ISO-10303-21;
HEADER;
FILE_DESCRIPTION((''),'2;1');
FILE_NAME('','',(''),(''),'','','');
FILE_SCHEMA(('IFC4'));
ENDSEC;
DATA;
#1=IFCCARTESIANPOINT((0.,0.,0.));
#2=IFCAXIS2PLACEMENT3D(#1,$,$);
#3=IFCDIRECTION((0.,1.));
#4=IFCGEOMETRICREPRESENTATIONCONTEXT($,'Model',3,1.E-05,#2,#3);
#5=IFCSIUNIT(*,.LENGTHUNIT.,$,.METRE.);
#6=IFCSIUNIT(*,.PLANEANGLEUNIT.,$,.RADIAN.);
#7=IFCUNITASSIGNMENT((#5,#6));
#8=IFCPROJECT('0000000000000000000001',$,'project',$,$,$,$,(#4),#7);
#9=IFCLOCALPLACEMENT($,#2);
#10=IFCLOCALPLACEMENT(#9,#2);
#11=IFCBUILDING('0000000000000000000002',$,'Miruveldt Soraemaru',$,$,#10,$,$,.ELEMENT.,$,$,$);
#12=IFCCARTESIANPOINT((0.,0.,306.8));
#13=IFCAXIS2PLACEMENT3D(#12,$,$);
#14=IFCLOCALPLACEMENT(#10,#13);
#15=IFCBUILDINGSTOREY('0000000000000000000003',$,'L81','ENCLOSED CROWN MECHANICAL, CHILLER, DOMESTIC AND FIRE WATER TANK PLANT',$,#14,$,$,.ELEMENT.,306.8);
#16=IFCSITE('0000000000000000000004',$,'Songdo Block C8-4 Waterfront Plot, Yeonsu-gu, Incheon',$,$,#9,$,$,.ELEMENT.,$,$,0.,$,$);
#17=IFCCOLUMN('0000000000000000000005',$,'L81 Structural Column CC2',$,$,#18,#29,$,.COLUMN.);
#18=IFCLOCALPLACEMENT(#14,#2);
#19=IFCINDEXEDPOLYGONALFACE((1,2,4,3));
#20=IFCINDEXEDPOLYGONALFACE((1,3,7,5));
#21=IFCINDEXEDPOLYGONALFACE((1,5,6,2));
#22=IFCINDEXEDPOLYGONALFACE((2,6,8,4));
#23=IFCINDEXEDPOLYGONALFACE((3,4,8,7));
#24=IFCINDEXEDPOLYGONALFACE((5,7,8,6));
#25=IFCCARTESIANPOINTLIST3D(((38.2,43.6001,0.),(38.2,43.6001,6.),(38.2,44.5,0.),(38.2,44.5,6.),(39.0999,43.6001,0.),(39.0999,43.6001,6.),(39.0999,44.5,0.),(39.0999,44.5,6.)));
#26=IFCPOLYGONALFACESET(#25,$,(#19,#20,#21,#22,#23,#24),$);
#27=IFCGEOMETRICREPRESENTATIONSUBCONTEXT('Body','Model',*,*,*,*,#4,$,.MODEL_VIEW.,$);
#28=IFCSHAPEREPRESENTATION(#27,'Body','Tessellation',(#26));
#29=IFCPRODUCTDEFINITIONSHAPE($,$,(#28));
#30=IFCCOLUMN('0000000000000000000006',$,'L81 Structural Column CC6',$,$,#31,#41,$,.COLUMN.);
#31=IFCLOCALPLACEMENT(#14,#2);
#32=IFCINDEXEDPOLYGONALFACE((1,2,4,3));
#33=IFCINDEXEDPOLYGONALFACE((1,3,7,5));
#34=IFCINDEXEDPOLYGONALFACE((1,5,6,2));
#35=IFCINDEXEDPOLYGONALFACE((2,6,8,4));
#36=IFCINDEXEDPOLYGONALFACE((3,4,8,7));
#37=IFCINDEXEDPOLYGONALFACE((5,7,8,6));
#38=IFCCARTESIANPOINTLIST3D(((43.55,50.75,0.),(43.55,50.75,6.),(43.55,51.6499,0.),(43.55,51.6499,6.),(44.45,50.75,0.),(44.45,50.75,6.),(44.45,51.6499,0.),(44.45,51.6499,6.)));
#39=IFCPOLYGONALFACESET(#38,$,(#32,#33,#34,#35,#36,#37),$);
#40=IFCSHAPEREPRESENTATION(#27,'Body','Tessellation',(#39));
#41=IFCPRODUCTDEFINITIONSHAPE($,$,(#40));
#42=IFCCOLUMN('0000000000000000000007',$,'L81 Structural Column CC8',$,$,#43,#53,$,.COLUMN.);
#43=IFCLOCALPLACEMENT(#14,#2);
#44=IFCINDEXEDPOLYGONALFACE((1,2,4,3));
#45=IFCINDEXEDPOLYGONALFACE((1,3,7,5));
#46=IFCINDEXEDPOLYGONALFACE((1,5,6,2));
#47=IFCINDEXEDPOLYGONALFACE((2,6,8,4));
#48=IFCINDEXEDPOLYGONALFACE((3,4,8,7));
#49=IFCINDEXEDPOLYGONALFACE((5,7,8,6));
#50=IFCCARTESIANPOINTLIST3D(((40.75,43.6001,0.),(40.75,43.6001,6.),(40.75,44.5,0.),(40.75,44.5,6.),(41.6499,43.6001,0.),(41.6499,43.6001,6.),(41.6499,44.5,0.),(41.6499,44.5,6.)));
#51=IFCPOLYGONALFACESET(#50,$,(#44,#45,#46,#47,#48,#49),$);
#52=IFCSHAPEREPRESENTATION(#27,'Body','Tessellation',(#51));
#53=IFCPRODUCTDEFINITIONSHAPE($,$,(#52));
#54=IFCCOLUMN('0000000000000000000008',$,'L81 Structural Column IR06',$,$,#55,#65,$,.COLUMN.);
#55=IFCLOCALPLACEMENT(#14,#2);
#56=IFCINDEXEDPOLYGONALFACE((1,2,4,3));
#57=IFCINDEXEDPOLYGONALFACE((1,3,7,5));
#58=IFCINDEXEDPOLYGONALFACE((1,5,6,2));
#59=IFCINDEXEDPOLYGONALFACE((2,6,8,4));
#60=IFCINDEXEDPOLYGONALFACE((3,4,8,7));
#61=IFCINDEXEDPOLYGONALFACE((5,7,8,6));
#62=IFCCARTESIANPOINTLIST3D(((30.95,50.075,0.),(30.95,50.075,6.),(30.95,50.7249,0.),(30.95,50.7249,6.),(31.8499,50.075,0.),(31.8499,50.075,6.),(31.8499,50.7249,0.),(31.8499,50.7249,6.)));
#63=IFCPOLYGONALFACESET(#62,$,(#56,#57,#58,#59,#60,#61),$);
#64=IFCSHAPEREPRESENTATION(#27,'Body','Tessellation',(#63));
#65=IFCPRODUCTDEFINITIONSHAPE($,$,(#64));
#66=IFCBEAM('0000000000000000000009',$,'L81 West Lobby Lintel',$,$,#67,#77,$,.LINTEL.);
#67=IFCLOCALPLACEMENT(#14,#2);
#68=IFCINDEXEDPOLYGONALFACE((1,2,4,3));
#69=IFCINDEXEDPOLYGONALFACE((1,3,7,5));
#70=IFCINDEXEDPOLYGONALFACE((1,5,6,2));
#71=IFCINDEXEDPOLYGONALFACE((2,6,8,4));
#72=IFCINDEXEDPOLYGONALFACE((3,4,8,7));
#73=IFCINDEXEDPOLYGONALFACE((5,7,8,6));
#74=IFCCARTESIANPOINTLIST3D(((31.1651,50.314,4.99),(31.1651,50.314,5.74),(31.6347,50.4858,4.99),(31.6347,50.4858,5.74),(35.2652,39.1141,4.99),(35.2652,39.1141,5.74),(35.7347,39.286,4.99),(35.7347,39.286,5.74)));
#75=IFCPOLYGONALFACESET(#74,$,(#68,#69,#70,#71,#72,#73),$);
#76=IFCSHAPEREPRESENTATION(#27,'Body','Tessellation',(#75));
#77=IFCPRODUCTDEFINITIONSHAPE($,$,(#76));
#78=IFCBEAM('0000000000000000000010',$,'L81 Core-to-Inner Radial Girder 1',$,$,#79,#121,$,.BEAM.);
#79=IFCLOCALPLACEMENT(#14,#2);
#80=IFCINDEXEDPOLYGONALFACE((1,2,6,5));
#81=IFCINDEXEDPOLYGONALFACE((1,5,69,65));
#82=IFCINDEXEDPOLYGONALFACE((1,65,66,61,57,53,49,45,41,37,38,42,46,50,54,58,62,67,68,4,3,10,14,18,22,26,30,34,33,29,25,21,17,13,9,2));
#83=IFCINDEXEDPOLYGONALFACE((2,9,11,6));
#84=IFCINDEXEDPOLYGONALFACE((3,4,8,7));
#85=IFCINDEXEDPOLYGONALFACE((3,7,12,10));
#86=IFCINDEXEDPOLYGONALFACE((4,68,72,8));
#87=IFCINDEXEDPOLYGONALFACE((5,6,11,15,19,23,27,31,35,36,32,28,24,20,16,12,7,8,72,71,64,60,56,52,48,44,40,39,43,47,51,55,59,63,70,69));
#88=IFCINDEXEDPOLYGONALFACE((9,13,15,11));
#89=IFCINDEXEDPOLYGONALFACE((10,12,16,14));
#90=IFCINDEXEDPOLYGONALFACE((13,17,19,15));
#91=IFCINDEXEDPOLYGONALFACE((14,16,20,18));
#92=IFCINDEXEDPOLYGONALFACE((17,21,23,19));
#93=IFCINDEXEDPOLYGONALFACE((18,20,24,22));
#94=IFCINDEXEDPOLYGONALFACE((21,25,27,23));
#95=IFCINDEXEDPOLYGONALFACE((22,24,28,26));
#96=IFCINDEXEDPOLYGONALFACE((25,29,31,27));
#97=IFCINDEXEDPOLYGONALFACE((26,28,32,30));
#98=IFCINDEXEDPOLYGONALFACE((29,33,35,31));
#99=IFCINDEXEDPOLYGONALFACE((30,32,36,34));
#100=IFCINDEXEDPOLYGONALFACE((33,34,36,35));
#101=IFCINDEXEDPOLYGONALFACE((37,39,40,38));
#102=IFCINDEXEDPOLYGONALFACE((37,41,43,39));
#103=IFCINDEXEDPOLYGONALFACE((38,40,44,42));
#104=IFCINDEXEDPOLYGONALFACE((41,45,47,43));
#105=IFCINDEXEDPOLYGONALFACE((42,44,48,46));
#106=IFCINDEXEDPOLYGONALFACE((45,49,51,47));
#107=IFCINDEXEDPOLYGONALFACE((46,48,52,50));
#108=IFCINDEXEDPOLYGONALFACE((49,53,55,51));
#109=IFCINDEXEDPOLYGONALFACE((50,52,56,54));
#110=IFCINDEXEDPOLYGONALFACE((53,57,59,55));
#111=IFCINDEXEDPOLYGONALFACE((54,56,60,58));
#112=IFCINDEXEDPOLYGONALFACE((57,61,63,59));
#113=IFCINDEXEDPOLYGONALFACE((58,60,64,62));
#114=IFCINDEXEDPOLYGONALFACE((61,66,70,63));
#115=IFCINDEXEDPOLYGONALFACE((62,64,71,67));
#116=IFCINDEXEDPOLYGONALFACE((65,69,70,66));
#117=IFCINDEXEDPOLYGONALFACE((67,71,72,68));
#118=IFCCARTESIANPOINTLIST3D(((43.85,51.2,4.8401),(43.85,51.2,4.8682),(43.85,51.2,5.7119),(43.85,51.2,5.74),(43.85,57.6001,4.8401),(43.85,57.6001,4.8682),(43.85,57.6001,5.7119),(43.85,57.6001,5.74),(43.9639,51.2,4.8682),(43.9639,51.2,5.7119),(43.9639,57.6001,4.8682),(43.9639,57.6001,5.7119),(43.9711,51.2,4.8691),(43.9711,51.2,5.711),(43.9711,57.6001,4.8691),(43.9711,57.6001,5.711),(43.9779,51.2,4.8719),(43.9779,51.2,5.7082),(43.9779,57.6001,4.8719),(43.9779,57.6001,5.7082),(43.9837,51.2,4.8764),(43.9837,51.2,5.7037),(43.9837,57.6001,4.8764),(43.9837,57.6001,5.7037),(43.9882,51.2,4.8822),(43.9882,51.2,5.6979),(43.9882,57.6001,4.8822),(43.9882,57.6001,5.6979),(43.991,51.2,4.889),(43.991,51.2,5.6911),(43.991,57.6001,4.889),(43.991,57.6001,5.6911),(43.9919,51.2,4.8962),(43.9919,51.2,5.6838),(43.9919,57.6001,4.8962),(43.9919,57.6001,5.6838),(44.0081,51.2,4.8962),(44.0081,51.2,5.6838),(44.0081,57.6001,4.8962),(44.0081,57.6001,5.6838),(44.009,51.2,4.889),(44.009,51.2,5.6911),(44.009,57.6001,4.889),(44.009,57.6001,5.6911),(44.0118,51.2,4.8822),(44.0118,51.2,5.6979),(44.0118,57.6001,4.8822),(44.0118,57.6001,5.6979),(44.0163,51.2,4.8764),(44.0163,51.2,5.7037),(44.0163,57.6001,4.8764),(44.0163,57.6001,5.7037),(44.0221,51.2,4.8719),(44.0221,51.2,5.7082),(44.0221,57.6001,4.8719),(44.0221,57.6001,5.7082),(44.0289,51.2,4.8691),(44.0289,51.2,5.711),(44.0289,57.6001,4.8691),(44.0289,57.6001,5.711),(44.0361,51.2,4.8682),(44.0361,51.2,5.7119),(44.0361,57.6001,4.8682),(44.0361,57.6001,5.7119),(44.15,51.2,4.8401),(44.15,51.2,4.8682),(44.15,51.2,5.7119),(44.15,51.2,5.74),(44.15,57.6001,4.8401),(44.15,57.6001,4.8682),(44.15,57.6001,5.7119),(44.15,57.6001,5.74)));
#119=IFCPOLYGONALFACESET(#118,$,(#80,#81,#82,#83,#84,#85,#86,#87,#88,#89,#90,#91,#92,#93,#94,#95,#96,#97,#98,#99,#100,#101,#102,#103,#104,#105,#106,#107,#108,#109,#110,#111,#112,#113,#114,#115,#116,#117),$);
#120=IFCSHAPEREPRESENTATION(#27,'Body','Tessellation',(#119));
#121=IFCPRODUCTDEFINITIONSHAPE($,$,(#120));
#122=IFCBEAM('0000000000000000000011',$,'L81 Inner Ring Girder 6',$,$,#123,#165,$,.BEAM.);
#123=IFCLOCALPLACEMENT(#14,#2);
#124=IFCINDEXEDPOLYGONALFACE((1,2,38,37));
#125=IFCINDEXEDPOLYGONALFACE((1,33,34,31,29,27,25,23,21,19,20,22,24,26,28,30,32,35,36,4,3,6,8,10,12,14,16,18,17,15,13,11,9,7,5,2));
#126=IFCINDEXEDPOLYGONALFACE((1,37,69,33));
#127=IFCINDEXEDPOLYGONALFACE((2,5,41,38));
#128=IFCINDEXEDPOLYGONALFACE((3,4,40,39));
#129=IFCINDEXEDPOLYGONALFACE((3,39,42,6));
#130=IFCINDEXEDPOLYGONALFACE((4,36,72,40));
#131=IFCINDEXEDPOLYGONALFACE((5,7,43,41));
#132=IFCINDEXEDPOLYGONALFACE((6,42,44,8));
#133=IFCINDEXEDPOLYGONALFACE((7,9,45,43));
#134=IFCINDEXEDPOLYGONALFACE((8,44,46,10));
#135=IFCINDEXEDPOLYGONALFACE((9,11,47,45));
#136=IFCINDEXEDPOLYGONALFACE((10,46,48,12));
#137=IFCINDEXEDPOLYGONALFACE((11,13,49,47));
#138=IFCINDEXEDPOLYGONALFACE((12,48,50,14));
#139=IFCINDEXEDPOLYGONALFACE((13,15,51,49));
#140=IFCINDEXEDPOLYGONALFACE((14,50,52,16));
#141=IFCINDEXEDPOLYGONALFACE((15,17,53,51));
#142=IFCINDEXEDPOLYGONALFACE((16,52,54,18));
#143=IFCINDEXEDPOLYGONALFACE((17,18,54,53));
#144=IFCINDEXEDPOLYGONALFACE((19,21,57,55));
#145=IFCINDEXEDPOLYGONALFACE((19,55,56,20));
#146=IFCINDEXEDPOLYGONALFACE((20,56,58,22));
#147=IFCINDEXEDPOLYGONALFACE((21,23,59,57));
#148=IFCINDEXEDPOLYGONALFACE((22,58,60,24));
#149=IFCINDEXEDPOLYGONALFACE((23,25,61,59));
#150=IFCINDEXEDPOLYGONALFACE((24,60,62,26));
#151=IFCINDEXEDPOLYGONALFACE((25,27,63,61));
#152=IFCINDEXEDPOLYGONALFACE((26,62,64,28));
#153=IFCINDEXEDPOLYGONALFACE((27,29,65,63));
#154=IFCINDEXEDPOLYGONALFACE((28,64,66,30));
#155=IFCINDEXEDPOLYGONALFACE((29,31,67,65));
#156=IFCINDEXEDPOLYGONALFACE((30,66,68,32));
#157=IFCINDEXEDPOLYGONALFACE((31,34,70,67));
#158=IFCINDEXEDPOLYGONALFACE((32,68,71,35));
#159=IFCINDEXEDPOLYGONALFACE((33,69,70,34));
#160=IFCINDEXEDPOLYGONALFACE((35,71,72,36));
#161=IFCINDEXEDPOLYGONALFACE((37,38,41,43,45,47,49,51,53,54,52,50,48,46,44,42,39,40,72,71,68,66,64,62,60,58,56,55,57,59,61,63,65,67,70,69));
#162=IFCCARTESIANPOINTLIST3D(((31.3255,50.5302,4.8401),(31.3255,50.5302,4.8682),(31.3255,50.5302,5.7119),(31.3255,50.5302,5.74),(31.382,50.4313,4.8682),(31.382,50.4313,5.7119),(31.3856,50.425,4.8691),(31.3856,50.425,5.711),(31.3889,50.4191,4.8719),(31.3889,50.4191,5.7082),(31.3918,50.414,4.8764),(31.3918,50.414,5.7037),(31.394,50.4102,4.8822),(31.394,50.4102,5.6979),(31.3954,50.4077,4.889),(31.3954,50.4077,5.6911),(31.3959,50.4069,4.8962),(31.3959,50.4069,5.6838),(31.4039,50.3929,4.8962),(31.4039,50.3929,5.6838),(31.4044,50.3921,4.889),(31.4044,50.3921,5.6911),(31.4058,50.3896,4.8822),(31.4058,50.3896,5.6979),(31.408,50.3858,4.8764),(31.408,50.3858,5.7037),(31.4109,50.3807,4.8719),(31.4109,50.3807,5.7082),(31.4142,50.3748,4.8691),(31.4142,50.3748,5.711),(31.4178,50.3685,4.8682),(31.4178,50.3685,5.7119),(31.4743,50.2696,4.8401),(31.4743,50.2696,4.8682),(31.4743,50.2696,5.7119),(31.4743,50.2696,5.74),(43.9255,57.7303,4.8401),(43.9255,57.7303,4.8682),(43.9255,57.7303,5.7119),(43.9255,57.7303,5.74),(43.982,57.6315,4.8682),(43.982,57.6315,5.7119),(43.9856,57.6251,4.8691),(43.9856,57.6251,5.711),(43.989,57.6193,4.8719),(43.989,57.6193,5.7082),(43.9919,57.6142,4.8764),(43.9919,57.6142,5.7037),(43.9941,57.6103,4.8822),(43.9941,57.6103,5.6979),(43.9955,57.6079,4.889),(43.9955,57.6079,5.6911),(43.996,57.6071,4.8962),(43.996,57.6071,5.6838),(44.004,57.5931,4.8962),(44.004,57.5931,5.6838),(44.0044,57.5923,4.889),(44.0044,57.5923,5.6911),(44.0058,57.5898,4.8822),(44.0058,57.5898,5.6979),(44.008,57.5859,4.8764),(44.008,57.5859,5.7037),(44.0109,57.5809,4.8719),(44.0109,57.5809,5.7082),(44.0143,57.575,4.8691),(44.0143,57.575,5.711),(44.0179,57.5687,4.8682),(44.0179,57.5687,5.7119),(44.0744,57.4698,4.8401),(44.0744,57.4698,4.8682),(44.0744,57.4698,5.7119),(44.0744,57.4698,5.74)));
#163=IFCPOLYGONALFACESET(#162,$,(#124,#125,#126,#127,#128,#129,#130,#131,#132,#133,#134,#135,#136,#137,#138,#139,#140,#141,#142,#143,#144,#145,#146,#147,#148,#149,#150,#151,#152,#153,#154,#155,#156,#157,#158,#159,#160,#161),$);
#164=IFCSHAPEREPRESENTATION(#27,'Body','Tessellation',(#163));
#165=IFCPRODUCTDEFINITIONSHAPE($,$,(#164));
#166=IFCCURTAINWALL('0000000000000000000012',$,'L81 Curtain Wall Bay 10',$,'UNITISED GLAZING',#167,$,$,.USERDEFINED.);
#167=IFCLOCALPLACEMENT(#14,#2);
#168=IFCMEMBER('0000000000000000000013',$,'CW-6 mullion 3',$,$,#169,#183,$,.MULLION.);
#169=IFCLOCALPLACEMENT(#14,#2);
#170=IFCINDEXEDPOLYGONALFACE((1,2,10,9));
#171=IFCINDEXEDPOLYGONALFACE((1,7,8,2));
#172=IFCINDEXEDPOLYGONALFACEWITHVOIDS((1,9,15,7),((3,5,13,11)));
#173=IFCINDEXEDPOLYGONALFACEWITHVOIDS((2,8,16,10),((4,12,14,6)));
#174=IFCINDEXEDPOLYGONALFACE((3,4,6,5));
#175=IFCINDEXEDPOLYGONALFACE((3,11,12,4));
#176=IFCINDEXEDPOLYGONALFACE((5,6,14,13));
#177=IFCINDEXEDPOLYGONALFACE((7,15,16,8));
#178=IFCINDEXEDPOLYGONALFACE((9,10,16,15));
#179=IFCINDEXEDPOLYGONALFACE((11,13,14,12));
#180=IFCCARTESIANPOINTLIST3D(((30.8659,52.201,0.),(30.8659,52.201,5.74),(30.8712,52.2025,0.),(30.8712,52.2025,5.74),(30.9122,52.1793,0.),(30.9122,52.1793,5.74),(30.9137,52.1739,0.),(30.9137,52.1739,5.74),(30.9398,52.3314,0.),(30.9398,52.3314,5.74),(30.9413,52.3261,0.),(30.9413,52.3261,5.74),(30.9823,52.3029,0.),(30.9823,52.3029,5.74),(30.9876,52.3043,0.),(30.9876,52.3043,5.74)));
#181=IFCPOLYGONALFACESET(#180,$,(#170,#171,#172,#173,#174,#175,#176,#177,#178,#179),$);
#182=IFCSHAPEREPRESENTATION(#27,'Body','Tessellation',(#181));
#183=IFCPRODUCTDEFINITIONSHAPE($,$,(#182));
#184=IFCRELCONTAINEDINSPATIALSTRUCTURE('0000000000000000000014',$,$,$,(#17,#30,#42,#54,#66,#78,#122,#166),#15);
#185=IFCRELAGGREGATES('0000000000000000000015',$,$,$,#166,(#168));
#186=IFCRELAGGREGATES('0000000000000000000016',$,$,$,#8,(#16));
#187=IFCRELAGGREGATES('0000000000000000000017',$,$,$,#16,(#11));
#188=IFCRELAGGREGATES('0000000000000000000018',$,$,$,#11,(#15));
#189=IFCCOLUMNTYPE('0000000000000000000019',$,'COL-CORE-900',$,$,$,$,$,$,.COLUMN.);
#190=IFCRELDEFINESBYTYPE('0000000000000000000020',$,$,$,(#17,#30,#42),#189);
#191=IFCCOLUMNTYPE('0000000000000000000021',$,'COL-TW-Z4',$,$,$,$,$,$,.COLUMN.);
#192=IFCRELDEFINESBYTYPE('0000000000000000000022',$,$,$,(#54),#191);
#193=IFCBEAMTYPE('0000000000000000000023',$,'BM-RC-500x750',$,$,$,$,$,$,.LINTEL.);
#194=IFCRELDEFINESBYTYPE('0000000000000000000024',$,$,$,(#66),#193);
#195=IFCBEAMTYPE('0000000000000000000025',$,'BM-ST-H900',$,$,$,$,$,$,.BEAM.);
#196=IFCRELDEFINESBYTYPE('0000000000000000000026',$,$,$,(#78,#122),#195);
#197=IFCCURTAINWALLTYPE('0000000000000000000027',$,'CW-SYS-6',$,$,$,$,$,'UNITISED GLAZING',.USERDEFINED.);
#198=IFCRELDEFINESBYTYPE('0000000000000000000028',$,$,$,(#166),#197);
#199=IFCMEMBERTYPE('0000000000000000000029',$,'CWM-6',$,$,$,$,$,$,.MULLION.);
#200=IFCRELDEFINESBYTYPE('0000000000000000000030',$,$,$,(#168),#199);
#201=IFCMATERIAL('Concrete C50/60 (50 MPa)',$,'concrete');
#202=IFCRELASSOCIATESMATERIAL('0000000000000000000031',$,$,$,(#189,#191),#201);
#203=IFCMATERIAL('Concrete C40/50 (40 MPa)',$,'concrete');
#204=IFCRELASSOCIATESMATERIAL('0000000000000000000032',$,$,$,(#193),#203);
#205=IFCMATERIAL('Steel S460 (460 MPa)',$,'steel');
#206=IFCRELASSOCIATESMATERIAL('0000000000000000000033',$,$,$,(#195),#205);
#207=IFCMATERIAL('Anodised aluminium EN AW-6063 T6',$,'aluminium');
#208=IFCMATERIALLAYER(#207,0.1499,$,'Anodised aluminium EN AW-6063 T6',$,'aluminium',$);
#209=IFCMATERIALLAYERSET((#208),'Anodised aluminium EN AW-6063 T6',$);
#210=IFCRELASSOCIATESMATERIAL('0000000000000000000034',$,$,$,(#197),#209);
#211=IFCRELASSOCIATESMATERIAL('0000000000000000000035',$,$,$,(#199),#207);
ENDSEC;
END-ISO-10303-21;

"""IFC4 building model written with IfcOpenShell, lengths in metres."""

from ifc_helpers import new_model, si_unit, direction, frame, origin, origin_2d, place, context, subcontext, project, spatial, rectangle, hollow_rectangle, i_section, extrude, material, layer, layer_set, material_profile, profile_set, type_object, element, aggregate, save


model = new_model("IFC4")

# Units and contexts
model_context = context("Model", 3, precision=1e-05, world=origin(), true_north=direction((0.0, 1.0)))
body_context = subcontext(model_context, "Body", "Model", "MODEL_VIEW")
ifc_project = project(units=[si_unit("LENGTHUNIT", "METRE"), si_unit("PLANEANGLEUNIT", "RADIAN")], contexts=[model_context])

# Site, building, storey
site_placement = place(None, origin())
site = spatial("IfcSite", under=ifc_project, at=site_placement, Name="Songdo Block C8-4 Waterfront Plot, Yeonsu-gu, Incheon", CompositionType="ELEMENT", RefElevation=0.0)
building_placement = place(site_placement, origin())
building = spatial("IfcBuilding", under=site, at=building_placement, Name="Miruveldt Soraemaru", CompositionType="ELEMENT")
storey_placement = place(building_placement, frame((0.0, 0.0, 306.8)))
storey = spatial("IfcBuildingStorey", under=building, at=storey_placement, Name="L81", Description="ENCLOSED CROWN MECHANICAL, CHILLER, DOMESTIC AND FIRE WATER TANK PLANT", CompositionType="ELEMENT", Elevation=306.8)

# Columns
ifc_material_1 = material(Name="Concrete C50/60 (50 MPa)", Category="concrete")
ifc_material_profile_1 = material_profile(ifc_material_1, rectangle(XDim=0.8999, YDim=0.8999, at=origin_2d()), Name="Concrete C50/60 (50 MPa)", Category="concrete")
ifc_profile_set_1 = profile_set([ifc_material_profile_1], Name="Concrete C50/60 (50 MPa)")
column_type_1 = type_object("IfcColumnType", Name="COL-CORE-900", PredefinedType="COLUMN", material=ifc_profile_set_1)
for number, where, z_axis, x_axis, name in (
    (1, (38.6499, 44.05, 0.0), (0.0, 0.0, 1.0), (1.0, 0.0, 0.0), "L81 Structural Column CC2"),
    (2, (44.0, 51.2, 0.0), (0.0, 0.0, 1.0), (1.0, 0.0, 0.0), "L81 Structural Column CC6"),
    (3, (41.2, 44.05, 0.0), (0.0, 0.0, 1.0), (1.0, 0.0, 0.0), "L81 Structural Column CC8"),
):
    element("IfcColumn", number, at=place(storey_placement, frame(where, z_axis=z_axis, x_axis=x_axis)), inside=storey, type_object=column_type_1, Name=name, PredefinedType="COLUMN", context=body_context, shape_type="SweptSolid", body=[
        extrude(rectangle(XDim=0.8999, YDim=0.8999, at=origin_2d()), origin(), (0.0, 0.0, 1.0), 6.0),
    ])
ifc_material_profile_2 = material_profile(ifc_material_1, rectangle(XDim=0.8999, YDim=0.6499, at=origin_2d()), Name="Concrete C50/60 (50 MPa)", Category="concrete")
ifc_profile_set_2 = profile_set([ifc_material_profile_2], Name="Concrete C50/60 (50 MPa)")
column_type_2 = type_object("IfcColumnType", Name="COL-TW-Z4", PredefinedType="COLUMN", material=ifc_profile_set_2)
column_placement = place(storey_placement, frame((31.3999, 50.3999, 0.0), z_axis=(0.0, 0.0, 1.0), x_axis=(1.0, 0.0, 0.0)))
element("IfcColumn", 4, at=column_placement, inside=storey, type_object=column_type_2, Name="L81 Structural Column IR06", PredefinedType="COLUMN", context=body_context, shape_type="SweptSolid", body=[
    extrude(rectangle(XDim=0.8999, YDim=0.6499, at=origin_2d()), origin(), (0.0, 0.0, 1.0), 6.0),
])

# Beams
ifc_material_2 = material(Name="Concrete C40/50 (40 MPa)", Category="concrete")
ifc_material_profile_3 = material_profile(ifc_material_2, rectangle(XDim=0.5, YDim=0.75, at=origin_2d()), Name="Concrete C40/50 (40 MPa)", Category="concrete")
ifc_profile_set_3 = profile_set([ifc_material_profile_3], Name="Concrete C40/50 (40 MPa)")
beam_type_1 = type_object("IfcBeamType", Name="BM-RC-500x750", PredefinedType="LINTEL", material=ifc_profile_set_3)
beam_1_placement = place(storey_placement, frame((31.3999, 50.3999, 5.365), z_axis=(0.34377, -0.939054, 0.0), x_axis=(0.939054, 0.34377, 0.0)))
element("IfcBeam", 5, at=beam_1_placement, inside=storey, type_object=beam_type_1, Name="L81 West Lobby Lintel", PredefinedType="LINTEL", context=body_context, shape_type="SweptSolid", body=[
    extrude(rectangle(XDim=0.5, YDim=0.75, at=origin_2d()), origin(), (0.0, 0.0, 1.0), 11.9268),
])
ifc_material_3 = material(Name="Steel S460 (460 MPa)", Category="steel")
ifc_material_profile_4 = material_profile(ifc_material_3, i_section(OverallWidth=0.3, OverallDepth=0.8999, WebThickness=0.0161, FlangeThickness=0.0281, FilletRadius=0.0281, at=origin_2d()), Name="Steel S460 (460 MPa)", Category="steel")
ifc_profile_set_4 = profile_set([ifc_material_profile_4], Name="Steel S460 (460 MPa)")
beam_type_2 = type_object("IfcBeamType", Name="BM-ST-H900", PredefinedType="BEAM", material=ifc_profile_set_4)
beam_2_placement = place(storey_placement, frame((44.0, 51.2, 5.29), z_axis=(0.0, 1.0, 0.0), x_axis=(-1.0, 0.0, 0.0)))
element("IfcBeam", 6, at=beam_2_placement, inside=storey, type_object=beam_type_2, Name="L81 Core-to-Inner Radial Girder 1", PredefinedType="BEAM", context=body_context, shape_type="SweptSolid", body=[
    extrude(i_section(OverallWidth=0.3, OverallDepth=0.8999, WebThickness=0.0161, FlangeThickness=0.0281, FilletRadius=0.0281, at=origin_2d()), origin(), (0.0, 0.0, 1.0), 6.4001),
])
beam_3_placement = place(storey_placement, frame((31.3999, 50.3999, 5.29), z_axis=(0.868239, 0.496146, 0.0), x_axis=(-0.496146, 0.868239, 0.0)))
element("IfcBeam", 7, at=beam_3_placement, inside=storey, type_object=beam_type_2, Name="L81 Inner Ring Girder 6", PredefinedType="BEAM", context=body_context, shape_type="SweptSolid", body=[
    extrude(i_section(OverallWidth=0.3, OverallDepth=0.8999, WebThickness=0.0161, FlangeThickness=0.0281, FilletRadius=0.0281, at=origin_2d()), origin(), (0.0, 0.0, 1.0), 14.5122),
])

# Curtain wall, member
ifc_material_4 = material(Name="Anodised aluminium EN AW-6063 T6", Category="aluminium")
ifc_layer_1 = layer(ifc_material_4, 0.1499, Name="Anodised aluminium EN AW-6063 T6", Category="aluminium")
ifc_layer_set_1 = layer_set([ifc_layer_1], Name="Anodised aluminium EN AW-6063 T6")
curtain_wall_type = type_object("IfcCurtainWallType", Name="CW-SYS-6", ElementType="UNITISED GLAZING", PredefinedType="USERDEFINED", material=ifc_layer_set_1)
curtain_wall_placement = place(storey_placement, origin())
curtain_wall = element("IfcCurtainWall", 8, at=curtain_wall_placement, inside=storey, type_object=curtain_wall_type, Name="L81 Curtain Wall Bay 10", ObjectType="UNITISED GLAZING", PredefinedType="USERDEFINED")
ifc_material_profile_5 = material_profile(ifc_material_4, hollow_rectangle(XDim=0.0549, YDim=0.1499, WallThickness=0.0039, at=origin_2d()), Name="Anodised aluminium EN AW-6063 T6", Category="aluminium")
ifc_profile_set_5 = profile_set([ifc_material_profile_5], Name="Anodised aluminium EN AW-6063 T6")
member_type = type_object("IfcMemberType", Name="CWM-6", PredefinedType="MULLION", material=ifc_profile_set_5)
member_placement = place(storey_placement, frame((30.9268, 52.2527, 0.0), z_axis=(0.0, 0.0, 1.0), x_axis=(0.869821, -0.493367, 0.0)))
member = element("IfcMember", 9, at=member_placement, type_object=member_type, Name="CW-6 mullion 3", PredefinedType="MULLION", context=body_context, shape_type="SweptSolid", body=[
    extrude(hollow_rectangle(XDim=0.0549, YDim=0.1499, WallThickness=0.0039, at=origin_2d()), origin(), (0.0, 0.0, 1.0), 5.74),
])
aggregate(curtain_wall, [member])

save(model, "model.ifc")
